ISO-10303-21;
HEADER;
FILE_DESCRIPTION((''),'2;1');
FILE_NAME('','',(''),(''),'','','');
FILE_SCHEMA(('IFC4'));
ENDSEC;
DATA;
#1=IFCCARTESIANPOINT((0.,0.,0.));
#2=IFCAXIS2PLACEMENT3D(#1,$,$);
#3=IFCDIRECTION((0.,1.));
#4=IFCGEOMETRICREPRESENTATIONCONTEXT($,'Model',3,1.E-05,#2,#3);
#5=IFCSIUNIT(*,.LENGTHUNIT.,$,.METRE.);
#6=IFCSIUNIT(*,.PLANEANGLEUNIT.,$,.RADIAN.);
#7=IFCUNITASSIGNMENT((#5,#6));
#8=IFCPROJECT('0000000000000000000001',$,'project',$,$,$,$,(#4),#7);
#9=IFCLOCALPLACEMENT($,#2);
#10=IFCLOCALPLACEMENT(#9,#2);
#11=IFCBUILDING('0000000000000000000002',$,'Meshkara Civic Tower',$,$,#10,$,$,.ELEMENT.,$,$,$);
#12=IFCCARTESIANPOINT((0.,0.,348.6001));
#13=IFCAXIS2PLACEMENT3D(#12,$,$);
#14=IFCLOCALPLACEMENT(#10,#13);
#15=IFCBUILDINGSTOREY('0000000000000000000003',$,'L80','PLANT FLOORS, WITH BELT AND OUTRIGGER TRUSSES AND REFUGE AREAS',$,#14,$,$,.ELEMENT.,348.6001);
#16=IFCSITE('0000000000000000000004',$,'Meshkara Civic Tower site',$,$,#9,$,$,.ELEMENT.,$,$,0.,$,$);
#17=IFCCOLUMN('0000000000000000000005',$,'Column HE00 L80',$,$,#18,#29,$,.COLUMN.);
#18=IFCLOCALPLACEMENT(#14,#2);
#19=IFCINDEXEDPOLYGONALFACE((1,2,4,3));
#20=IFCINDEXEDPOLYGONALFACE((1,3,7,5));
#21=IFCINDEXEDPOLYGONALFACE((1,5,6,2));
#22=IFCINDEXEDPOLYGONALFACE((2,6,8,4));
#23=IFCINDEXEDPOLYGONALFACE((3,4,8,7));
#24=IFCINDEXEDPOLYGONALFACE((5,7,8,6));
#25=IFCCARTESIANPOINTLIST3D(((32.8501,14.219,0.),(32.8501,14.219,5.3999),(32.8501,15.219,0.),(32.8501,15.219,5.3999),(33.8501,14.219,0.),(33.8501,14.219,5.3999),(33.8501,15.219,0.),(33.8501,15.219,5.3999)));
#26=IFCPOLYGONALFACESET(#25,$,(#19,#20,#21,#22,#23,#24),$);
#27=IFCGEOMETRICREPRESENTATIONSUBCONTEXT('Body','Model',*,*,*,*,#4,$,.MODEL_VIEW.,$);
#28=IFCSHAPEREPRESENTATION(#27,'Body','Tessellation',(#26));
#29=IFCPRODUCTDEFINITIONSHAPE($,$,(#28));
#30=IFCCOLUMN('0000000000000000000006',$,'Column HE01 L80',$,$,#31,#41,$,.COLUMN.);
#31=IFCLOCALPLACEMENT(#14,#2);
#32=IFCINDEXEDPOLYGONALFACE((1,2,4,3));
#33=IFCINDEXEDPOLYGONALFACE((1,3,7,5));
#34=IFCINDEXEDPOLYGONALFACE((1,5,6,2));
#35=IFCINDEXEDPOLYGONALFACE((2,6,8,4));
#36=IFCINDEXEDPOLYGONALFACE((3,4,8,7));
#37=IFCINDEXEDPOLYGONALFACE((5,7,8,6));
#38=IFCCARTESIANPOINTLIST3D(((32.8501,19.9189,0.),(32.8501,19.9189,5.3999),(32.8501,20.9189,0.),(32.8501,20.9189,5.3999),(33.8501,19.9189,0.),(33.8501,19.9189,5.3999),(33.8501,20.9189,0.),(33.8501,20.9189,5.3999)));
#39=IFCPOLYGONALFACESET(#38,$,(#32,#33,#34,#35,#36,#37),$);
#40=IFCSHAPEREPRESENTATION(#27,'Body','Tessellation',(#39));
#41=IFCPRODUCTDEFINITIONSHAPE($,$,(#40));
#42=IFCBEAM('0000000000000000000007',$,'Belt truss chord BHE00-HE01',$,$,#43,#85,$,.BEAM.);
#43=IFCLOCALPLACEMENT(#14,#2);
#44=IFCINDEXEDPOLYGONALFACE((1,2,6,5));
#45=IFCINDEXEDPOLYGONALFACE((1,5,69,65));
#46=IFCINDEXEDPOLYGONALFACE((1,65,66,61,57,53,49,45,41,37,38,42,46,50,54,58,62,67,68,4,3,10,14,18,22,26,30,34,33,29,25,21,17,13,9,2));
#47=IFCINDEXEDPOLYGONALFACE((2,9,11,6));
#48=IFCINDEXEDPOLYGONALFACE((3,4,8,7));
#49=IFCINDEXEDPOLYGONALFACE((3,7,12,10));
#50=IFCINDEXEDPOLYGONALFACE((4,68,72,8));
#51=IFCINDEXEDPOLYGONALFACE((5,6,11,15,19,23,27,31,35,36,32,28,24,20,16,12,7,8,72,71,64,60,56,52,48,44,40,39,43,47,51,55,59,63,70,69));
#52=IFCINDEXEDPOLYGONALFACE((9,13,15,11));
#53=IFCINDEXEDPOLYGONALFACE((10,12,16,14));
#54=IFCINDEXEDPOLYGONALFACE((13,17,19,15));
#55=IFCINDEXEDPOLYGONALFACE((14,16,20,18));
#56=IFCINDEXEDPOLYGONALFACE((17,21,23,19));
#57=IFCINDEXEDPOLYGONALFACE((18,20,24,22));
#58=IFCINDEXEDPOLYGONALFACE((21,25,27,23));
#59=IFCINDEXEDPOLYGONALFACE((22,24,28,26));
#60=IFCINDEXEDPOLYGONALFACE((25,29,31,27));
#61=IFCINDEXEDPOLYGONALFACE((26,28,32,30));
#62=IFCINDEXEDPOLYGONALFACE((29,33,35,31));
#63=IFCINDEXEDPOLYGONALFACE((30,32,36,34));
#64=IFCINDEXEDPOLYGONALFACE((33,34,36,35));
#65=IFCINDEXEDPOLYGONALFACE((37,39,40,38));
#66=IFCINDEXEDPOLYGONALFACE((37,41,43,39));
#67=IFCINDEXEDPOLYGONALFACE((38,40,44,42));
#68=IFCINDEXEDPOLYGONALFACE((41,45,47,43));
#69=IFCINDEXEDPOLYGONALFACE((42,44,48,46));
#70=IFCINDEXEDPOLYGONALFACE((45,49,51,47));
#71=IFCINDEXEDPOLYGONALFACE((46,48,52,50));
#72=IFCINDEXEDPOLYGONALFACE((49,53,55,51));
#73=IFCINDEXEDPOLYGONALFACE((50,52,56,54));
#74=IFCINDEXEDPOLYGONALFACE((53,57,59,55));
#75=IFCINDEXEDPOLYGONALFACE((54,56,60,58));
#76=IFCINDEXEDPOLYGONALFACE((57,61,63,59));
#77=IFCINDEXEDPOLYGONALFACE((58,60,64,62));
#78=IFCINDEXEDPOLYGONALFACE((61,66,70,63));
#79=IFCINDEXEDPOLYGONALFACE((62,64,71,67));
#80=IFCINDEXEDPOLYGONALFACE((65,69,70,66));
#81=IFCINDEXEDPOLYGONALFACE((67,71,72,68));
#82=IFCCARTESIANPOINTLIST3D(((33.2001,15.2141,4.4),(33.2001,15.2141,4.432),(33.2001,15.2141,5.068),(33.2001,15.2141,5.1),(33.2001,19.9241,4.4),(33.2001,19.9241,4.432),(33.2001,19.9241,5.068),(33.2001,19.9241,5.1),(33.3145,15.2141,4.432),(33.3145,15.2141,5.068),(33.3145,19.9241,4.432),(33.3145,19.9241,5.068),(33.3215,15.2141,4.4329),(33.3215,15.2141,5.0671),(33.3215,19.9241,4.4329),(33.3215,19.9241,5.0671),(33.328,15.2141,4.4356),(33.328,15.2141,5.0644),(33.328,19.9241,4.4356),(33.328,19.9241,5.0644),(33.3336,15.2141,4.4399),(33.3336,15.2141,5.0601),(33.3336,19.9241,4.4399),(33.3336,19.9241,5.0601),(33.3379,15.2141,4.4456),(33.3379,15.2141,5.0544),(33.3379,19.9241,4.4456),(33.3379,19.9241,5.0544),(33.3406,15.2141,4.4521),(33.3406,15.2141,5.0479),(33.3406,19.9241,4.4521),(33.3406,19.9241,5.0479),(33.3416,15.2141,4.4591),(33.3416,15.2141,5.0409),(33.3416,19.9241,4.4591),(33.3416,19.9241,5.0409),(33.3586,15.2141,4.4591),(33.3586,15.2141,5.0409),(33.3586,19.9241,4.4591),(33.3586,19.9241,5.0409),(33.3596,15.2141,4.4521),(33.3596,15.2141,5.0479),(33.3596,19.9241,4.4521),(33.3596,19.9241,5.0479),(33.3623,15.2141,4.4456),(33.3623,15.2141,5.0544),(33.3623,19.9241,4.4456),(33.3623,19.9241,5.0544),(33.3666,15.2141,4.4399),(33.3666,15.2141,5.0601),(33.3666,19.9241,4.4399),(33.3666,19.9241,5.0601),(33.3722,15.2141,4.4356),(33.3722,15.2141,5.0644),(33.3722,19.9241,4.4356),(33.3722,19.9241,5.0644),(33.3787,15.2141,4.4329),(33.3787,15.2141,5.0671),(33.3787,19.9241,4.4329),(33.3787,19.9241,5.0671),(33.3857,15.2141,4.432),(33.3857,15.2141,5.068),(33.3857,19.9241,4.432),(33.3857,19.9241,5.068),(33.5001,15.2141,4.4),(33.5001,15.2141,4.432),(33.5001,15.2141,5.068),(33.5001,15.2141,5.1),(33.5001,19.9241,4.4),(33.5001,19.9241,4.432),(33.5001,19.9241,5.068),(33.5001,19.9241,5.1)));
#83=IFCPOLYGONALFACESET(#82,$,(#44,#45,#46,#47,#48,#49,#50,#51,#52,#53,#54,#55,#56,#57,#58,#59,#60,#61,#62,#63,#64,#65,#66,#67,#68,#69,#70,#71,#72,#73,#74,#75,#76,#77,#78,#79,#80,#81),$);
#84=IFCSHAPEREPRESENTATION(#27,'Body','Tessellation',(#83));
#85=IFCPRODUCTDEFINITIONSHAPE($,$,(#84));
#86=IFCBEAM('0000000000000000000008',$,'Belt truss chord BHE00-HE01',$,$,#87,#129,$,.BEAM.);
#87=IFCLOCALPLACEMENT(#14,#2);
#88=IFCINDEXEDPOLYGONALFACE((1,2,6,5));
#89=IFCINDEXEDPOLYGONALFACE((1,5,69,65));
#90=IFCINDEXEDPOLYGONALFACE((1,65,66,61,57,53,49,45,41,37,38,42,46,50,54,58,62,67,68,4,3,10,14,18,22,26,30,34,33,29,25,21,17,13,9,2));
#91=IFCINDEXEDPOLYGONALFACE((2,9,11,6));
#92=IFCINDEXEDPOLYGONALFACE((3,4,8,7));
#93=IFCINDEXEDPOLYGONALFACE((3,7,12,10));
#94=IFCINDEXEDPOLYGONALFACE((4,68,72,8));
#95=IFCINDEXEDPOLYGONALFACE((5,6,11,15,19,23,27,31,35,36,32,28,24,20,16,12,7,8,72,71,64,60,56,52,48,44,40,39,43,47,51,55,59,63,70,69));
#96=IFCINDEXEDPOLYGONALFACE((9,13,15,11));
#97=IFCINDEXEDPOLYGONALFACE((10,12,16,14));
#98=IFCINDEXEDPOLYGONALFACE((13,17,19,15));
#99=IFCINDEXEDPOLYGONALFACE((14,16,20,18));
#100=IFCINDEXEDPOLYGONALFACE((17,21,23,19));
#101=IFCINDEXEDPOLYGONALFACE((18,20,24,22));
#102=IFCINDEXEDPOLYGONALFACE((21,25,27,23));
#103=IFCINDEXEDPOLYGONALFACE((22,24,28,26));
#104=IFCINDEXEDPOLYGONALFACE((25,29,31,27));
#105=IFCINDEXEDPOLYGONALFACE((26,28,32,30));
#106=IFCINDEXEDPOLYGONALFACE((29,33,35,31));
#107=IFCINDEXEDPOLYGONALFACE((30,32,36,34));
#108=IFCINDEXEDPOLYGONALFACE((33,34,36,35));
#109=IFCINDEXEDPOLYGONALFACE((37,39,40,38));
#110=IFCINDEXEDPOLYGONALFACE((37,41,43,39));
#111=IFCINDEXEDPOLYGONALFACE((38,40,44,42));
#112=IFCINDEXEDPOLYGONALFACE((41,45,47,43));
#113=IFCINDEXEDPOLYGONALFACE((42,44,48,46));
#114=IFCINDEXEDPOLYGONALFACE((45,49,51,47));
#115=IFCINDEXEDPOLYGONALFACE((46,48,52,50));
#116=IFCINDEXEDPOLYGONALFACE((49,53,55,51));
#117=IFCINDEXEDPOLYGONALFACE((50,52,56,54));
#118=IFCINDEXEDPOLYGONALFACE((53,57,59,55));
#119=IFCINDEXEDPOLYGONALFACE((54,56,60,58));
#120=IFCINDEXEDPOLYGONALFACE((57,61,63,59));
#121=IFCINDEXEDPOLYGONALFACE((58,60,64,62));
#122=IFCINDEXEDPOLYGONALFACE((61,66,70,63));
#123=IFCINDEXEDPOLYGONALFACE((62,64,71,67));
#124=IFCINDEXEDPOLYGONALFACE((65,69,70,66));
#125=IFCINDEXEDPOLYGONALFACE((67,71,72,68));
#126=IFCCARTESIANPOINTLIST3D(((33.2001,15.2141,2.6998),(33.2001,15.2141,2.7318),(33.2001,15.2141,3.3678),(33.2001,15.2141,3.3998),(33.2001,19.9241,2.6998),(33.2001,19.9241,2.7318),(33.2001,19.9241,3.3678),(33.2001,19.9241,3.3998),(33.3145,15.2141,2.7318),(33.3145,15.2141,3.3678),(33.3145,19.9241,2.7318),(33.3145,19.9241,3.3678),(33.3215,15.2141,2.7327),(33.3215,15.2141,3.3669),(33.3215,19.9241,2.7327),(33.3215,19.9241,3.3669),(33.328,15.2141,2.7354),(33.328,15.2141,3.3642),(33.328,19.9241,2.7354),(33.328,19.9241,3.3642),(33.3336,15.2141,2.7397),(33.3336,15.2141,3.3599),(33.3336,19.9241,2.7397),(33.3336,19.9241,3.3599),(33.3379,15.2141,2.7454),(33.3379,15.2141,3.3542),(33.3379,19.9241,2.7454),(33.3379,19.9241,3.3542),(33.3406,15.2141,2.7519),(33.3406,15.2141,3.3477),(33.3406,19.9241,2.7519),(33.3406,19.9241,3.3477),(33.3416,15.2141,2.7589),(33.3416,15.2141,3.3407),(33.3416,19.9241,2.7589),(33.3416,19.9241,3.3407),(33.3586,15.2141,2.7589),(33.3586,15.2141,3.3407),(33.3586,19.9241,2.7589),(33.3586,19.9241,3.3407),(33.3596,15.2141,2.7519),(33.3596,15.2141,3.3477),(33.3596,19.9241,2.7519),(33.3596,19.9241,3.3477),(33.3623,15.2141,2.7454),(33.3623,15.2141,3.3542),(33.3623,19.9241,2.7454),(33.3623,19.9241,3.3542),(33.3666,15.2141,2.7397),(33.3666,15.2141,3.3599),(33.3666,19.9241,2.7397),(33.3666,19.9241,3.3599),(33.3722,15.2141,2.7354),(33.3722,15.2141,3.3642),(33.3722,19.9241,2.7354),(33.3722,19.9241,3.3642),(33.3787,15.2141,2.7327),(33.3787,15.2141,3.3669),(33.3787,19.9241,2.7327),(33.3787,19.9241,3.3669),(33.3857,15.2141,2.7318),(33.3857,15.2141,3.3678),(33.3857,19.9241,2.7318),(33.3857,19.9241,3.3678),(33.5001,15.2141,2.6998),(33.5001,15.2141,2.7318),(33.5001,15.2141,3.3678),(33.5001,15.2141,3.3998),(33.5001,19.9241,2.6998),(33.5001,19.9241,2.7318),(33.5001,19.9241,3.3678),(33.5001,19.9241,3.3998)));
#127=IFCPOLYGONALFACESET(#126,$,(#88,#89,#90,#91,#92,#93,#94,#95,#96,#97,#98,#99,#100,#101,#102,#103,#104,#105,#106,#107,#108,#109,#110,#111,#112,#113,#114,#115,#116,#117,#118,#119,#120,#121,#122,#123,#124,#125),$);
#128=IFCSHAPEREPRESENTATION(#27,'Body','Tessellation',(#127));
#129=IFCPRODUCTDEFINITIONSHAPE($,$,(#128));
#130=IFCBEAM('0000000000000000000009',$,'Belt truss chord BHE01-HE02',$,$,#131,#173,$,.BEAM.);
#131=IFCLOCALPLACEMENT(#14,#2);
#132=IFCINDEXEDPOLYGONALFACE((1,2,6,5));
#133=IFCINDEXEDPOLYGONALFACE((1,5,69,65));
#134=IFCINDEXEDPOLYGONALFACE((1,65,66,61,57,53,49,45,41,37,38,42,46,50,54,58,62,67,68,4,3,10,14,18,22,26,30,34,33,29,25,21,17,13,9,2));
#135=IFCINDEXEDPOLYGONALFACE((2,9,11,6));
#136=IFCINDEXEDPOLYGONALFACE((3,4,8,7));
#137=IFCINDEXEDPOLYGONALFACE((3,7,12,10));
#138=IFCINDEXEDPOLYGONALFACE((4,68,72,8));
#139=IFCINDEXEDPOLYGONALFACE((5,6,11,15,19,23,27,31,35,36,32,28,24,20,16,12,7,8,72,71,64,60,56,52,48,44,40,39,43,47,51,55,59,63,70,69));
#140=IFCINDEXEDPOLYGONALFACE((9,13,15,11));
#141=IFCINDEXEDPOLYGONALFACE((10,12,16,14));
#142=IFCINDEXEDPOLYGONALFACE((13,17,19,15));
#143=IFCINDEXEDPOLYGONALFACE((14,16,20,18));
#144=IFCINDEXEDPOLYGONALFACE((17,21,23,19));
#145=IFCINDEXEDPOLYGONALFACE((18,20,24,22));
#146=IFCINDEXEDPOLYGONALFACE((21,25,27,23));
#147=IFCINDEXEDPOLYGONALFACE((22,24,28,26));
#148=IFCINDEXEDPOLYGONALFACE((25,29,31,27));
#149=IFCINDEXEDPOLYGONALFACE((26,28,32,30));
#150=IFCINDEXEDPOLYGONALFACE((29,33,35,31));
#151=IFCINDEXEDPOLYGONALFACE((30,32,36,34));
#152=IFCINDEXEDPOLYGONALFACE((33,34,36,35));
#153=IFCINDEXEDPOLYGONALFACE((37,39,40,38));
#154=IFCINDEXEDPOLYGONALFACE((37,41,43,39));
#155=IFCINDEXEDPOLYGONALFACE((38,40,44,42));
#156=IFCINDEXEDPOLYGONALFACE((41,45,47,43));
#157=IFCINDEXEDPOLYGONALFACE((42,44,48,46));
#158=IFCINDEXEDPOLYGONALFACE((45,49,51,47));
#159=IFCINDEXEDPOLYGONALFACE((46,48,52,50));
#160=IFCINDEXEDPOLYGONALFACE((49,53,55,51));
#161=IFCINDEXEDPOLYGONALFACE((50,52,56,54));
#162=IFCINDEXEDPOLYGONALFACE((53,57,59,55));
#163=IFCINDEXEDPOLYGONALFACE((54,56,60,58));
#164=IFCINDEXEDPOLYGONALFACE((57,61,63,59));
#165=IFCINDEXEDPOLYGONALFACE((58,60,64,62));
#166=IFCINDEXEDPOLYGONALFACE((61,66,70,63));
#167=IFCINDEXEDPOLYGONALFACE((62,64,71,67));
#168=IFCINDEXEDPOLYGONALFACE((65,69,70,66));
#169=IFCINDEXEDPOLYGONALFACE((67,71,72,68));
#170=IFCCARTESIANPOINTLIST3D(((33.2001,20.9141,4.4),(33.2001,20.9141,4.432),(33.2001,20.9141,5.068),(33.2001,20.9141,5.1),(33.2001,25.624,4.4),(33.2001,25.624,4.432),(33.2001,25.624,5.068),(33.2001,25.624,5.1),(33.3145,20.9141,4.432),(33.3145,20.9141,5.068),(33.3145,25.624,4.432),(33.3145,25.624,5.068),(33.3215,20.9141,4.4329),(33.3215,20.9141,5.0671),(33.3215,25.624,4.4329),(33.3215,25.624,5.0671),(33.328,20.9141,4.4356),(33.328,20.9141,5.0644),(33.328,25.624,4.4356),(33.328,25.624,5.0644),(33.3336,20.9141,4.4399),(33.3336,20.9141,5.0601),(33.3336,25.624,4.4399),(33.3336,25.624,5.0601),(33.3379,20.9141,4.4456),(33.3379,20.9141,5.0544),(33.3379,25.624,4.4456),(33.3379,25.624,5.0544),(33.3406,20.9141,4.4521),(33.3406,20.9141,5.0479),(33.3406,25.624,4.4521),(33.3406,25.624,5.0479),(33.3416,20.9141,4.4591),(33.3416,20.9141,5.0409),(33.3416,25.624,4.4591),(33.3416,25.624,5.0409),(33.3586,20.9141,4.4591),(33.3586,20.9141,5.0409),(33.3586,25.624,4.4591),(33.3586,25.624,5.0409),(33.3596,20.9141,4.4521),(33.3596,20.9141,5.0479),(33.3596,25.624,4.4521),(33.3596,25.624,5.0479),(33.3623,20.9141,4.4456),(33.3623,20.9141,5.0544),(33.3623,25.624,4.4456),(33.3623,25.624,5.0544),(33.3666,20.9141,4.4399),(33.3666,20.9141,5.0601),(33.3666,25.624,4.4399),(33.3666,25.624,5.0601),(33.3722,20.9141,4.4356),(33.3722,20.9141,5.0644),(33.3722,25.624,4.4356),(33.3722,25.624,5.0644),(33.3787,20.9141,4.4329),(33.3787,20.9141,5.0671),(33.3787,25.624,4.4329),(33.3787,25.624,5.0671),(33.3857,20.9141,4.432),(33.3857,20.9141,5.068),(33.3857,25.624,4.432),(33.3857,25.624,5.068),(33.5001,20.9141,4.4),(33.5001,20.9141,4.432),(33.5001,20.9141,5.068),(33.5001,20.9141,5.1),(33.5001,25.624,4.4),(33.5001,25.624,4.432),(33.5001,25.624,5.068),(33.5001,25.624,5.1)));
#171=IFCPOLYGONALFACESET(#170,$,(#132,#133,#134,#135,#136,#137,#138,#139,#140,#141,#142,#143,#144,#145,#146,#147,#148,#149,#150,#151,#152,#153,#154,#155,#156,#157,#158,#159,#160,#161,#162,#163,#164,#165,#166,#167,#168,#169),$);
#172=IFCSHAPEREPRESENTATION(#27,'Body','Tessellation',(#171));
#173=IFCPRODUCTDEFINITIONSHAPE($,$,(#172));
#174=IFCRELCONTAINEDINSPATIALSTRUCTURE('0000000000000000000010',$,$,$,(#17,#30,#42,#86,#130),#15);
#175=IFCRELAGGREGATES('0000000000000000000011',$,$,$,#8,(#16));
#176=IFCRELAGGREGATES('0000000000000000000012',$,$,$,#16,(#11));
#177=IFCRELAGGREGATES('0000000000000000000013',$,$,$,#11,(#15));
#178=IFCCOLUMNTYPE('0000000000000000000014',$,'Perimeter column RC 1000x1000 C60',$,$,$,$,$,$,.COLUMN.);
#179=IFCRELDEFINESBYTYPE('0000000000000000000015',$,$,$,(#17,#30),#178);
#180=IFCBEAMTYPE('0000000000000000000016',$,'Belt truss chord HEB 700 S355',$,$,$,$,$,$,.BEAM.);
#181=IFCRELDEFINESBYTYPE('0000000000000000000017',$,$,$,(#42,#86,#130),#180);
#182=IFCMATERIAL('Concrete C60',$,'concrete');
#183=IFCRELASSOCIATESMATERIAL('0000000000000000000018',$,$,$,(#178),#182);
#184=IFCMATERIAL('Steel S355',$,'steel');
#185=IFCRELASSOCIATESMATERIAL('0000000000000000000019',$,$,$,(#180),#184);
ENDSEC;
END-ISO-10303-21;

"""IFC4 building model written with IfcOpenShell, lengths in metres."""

from ifc_helpers import new_model, si_unit, direction, frame, origin, origin_2d, place, context, subcontext, project, spatial, rectangle, i_section, extrude, material, material_profile, profile_set, type_object, element, save


model = new_model("IFC4")

# Units and contexts
model_context = context("Model", 3, precision=1e-05, world=origin(), true_north=direction((0.0, 1.0)))
body_context = subcontext(model_context, "Body", "Model", "MODEL_VIEW")
ifc_project = project(units=[si_unit("LENGTHUNIT", "METRE"), si_unit("PLANEANGLEUNIT", "RADIAN")], contexts=[model_context])

# Site, building, storey
site_placement = place(None, origin())
site = spatial("IfcSite", under=ifc_project, at=site_placement, Name="Meshkara Civic Tower site", CompositionType="ELEMENT", RefElevation=0.0)
building_placement = place(site_placement, origin())
building = spatial("IfcBuilding", under=site, at=building_placement, Name="Meshkara Civic Tower", CompositionType="ELEMENT")
storey_placement = place(building_placement, frame((0.0, 0.0, 348.6001)))
storey = spatial("IfcBuildingStorey", under=building, at=storey_placement, Name="L80", Description="PLANT FLOORS, WITH BELT AND OUTRIGGER TRUSSES AND REFUGE AREAS", CompositionType="ELEMENT", Elevation=348.6001)

# Columns
ifc_material_1 = material(Name="Concrete C60", Category="concrete")
ifc_material_profile_1 = material_profile(ifc_material_1, rectangle(XDim=1.0, YDim=1.0, at=origin_2d()))
ifc_profile_set_1 = profile_set([ifc_material_profile_1], Name="Concrete C60")
column_type = type_object("IfcColumnType", Name="Perimeter column RC 1000x1000 C60", PredefinedType="COLUMN", material=ifc_profile_set_1)
for number, where, z_axis, x_axis, name in (
    (1, (33.3501, 14.719, 0.0), (0.0, 0.0, 1.0), (1.0, 0.0, 0.0), "Column HE00 L80"),
    (2, (33.3501, 20.4189, 0.0), (0.0, 0.0, 1.0), (1.0, 0.0, 0.0), "Column HE01 L80"),
):
    element("IfcColumn", number, at=place(storey_placement, frame(where, z_axis=z_axis, x_axis=x_axis)), inside=storey, type_object=column_type, Name=name, PredefinedType="COLUMN", context=body_context, shape_type="SweptSolid", body=[
        extrude(rectangle(XDim=1.0, YDim=1.0, at=origin_2d()), origin(), (0.0, 0.0, 1.0), 5.3999),
    ])

# Beams
ifc_material_2 = material(Name="Steel S355", Category="steel")
ifc_material_profile_2 = material_profile(ifc_material_2, i_section(OverallWidth=0.3, OverallDepth=0.7, WebThickness=0.0171, FlangeThickness=0.032, FilletRadius=0.0271, at=origin_2d()))
ifc_profile_set_2 = profile_set([ifc_material_profile_2], Name="Steel S355")
beam_type = type_object("IfcBeamType", Name="Belt truss chord HEB 700 S355", PredefinedType="BEAM", material=ifc_profile_set_2)
for number, where, z_axis, x_axis, name in (
    (3, (33.3501, 15.2141, 4.75), (0.0, 1.0, 0.0), (-1.0, 0.0, 0.0), "Belt truss chord BHE00-HE01"),
    (4, (33.3501, 15.2141, 3.0498), (0.0, 1.0, 0.0), (-1.0, 0.0, 0.0), "Belt truss chord BHE00-HE01"),
    (5, (33.3501, 20.9141, 4.75), (0.0, 1.0, 0.0), (-1.0, 0.0, 0.0), "Belt truss chord BHE01-HE02"),
):
    element("IfcBeam", number, at=place(storey_placement, frame(where, z_axis=z_axis, x_axis=x_axis)), inside=storey, type_object=beam_type, Name=name, PredefinedType="BEAM", context=body_context, shape_type="SweptSolid", body=[
        extrude(i_section(OverallWidth=0.3, OverallDepth=0.7, WebThickness=0.0171, FlangeThickness=0.032, FilletRadius=0.0271, at=origin_2d()), origin(), (0.0, 0.0, 1.0), 4.71),
    ])

save(model, "model.ifc")
